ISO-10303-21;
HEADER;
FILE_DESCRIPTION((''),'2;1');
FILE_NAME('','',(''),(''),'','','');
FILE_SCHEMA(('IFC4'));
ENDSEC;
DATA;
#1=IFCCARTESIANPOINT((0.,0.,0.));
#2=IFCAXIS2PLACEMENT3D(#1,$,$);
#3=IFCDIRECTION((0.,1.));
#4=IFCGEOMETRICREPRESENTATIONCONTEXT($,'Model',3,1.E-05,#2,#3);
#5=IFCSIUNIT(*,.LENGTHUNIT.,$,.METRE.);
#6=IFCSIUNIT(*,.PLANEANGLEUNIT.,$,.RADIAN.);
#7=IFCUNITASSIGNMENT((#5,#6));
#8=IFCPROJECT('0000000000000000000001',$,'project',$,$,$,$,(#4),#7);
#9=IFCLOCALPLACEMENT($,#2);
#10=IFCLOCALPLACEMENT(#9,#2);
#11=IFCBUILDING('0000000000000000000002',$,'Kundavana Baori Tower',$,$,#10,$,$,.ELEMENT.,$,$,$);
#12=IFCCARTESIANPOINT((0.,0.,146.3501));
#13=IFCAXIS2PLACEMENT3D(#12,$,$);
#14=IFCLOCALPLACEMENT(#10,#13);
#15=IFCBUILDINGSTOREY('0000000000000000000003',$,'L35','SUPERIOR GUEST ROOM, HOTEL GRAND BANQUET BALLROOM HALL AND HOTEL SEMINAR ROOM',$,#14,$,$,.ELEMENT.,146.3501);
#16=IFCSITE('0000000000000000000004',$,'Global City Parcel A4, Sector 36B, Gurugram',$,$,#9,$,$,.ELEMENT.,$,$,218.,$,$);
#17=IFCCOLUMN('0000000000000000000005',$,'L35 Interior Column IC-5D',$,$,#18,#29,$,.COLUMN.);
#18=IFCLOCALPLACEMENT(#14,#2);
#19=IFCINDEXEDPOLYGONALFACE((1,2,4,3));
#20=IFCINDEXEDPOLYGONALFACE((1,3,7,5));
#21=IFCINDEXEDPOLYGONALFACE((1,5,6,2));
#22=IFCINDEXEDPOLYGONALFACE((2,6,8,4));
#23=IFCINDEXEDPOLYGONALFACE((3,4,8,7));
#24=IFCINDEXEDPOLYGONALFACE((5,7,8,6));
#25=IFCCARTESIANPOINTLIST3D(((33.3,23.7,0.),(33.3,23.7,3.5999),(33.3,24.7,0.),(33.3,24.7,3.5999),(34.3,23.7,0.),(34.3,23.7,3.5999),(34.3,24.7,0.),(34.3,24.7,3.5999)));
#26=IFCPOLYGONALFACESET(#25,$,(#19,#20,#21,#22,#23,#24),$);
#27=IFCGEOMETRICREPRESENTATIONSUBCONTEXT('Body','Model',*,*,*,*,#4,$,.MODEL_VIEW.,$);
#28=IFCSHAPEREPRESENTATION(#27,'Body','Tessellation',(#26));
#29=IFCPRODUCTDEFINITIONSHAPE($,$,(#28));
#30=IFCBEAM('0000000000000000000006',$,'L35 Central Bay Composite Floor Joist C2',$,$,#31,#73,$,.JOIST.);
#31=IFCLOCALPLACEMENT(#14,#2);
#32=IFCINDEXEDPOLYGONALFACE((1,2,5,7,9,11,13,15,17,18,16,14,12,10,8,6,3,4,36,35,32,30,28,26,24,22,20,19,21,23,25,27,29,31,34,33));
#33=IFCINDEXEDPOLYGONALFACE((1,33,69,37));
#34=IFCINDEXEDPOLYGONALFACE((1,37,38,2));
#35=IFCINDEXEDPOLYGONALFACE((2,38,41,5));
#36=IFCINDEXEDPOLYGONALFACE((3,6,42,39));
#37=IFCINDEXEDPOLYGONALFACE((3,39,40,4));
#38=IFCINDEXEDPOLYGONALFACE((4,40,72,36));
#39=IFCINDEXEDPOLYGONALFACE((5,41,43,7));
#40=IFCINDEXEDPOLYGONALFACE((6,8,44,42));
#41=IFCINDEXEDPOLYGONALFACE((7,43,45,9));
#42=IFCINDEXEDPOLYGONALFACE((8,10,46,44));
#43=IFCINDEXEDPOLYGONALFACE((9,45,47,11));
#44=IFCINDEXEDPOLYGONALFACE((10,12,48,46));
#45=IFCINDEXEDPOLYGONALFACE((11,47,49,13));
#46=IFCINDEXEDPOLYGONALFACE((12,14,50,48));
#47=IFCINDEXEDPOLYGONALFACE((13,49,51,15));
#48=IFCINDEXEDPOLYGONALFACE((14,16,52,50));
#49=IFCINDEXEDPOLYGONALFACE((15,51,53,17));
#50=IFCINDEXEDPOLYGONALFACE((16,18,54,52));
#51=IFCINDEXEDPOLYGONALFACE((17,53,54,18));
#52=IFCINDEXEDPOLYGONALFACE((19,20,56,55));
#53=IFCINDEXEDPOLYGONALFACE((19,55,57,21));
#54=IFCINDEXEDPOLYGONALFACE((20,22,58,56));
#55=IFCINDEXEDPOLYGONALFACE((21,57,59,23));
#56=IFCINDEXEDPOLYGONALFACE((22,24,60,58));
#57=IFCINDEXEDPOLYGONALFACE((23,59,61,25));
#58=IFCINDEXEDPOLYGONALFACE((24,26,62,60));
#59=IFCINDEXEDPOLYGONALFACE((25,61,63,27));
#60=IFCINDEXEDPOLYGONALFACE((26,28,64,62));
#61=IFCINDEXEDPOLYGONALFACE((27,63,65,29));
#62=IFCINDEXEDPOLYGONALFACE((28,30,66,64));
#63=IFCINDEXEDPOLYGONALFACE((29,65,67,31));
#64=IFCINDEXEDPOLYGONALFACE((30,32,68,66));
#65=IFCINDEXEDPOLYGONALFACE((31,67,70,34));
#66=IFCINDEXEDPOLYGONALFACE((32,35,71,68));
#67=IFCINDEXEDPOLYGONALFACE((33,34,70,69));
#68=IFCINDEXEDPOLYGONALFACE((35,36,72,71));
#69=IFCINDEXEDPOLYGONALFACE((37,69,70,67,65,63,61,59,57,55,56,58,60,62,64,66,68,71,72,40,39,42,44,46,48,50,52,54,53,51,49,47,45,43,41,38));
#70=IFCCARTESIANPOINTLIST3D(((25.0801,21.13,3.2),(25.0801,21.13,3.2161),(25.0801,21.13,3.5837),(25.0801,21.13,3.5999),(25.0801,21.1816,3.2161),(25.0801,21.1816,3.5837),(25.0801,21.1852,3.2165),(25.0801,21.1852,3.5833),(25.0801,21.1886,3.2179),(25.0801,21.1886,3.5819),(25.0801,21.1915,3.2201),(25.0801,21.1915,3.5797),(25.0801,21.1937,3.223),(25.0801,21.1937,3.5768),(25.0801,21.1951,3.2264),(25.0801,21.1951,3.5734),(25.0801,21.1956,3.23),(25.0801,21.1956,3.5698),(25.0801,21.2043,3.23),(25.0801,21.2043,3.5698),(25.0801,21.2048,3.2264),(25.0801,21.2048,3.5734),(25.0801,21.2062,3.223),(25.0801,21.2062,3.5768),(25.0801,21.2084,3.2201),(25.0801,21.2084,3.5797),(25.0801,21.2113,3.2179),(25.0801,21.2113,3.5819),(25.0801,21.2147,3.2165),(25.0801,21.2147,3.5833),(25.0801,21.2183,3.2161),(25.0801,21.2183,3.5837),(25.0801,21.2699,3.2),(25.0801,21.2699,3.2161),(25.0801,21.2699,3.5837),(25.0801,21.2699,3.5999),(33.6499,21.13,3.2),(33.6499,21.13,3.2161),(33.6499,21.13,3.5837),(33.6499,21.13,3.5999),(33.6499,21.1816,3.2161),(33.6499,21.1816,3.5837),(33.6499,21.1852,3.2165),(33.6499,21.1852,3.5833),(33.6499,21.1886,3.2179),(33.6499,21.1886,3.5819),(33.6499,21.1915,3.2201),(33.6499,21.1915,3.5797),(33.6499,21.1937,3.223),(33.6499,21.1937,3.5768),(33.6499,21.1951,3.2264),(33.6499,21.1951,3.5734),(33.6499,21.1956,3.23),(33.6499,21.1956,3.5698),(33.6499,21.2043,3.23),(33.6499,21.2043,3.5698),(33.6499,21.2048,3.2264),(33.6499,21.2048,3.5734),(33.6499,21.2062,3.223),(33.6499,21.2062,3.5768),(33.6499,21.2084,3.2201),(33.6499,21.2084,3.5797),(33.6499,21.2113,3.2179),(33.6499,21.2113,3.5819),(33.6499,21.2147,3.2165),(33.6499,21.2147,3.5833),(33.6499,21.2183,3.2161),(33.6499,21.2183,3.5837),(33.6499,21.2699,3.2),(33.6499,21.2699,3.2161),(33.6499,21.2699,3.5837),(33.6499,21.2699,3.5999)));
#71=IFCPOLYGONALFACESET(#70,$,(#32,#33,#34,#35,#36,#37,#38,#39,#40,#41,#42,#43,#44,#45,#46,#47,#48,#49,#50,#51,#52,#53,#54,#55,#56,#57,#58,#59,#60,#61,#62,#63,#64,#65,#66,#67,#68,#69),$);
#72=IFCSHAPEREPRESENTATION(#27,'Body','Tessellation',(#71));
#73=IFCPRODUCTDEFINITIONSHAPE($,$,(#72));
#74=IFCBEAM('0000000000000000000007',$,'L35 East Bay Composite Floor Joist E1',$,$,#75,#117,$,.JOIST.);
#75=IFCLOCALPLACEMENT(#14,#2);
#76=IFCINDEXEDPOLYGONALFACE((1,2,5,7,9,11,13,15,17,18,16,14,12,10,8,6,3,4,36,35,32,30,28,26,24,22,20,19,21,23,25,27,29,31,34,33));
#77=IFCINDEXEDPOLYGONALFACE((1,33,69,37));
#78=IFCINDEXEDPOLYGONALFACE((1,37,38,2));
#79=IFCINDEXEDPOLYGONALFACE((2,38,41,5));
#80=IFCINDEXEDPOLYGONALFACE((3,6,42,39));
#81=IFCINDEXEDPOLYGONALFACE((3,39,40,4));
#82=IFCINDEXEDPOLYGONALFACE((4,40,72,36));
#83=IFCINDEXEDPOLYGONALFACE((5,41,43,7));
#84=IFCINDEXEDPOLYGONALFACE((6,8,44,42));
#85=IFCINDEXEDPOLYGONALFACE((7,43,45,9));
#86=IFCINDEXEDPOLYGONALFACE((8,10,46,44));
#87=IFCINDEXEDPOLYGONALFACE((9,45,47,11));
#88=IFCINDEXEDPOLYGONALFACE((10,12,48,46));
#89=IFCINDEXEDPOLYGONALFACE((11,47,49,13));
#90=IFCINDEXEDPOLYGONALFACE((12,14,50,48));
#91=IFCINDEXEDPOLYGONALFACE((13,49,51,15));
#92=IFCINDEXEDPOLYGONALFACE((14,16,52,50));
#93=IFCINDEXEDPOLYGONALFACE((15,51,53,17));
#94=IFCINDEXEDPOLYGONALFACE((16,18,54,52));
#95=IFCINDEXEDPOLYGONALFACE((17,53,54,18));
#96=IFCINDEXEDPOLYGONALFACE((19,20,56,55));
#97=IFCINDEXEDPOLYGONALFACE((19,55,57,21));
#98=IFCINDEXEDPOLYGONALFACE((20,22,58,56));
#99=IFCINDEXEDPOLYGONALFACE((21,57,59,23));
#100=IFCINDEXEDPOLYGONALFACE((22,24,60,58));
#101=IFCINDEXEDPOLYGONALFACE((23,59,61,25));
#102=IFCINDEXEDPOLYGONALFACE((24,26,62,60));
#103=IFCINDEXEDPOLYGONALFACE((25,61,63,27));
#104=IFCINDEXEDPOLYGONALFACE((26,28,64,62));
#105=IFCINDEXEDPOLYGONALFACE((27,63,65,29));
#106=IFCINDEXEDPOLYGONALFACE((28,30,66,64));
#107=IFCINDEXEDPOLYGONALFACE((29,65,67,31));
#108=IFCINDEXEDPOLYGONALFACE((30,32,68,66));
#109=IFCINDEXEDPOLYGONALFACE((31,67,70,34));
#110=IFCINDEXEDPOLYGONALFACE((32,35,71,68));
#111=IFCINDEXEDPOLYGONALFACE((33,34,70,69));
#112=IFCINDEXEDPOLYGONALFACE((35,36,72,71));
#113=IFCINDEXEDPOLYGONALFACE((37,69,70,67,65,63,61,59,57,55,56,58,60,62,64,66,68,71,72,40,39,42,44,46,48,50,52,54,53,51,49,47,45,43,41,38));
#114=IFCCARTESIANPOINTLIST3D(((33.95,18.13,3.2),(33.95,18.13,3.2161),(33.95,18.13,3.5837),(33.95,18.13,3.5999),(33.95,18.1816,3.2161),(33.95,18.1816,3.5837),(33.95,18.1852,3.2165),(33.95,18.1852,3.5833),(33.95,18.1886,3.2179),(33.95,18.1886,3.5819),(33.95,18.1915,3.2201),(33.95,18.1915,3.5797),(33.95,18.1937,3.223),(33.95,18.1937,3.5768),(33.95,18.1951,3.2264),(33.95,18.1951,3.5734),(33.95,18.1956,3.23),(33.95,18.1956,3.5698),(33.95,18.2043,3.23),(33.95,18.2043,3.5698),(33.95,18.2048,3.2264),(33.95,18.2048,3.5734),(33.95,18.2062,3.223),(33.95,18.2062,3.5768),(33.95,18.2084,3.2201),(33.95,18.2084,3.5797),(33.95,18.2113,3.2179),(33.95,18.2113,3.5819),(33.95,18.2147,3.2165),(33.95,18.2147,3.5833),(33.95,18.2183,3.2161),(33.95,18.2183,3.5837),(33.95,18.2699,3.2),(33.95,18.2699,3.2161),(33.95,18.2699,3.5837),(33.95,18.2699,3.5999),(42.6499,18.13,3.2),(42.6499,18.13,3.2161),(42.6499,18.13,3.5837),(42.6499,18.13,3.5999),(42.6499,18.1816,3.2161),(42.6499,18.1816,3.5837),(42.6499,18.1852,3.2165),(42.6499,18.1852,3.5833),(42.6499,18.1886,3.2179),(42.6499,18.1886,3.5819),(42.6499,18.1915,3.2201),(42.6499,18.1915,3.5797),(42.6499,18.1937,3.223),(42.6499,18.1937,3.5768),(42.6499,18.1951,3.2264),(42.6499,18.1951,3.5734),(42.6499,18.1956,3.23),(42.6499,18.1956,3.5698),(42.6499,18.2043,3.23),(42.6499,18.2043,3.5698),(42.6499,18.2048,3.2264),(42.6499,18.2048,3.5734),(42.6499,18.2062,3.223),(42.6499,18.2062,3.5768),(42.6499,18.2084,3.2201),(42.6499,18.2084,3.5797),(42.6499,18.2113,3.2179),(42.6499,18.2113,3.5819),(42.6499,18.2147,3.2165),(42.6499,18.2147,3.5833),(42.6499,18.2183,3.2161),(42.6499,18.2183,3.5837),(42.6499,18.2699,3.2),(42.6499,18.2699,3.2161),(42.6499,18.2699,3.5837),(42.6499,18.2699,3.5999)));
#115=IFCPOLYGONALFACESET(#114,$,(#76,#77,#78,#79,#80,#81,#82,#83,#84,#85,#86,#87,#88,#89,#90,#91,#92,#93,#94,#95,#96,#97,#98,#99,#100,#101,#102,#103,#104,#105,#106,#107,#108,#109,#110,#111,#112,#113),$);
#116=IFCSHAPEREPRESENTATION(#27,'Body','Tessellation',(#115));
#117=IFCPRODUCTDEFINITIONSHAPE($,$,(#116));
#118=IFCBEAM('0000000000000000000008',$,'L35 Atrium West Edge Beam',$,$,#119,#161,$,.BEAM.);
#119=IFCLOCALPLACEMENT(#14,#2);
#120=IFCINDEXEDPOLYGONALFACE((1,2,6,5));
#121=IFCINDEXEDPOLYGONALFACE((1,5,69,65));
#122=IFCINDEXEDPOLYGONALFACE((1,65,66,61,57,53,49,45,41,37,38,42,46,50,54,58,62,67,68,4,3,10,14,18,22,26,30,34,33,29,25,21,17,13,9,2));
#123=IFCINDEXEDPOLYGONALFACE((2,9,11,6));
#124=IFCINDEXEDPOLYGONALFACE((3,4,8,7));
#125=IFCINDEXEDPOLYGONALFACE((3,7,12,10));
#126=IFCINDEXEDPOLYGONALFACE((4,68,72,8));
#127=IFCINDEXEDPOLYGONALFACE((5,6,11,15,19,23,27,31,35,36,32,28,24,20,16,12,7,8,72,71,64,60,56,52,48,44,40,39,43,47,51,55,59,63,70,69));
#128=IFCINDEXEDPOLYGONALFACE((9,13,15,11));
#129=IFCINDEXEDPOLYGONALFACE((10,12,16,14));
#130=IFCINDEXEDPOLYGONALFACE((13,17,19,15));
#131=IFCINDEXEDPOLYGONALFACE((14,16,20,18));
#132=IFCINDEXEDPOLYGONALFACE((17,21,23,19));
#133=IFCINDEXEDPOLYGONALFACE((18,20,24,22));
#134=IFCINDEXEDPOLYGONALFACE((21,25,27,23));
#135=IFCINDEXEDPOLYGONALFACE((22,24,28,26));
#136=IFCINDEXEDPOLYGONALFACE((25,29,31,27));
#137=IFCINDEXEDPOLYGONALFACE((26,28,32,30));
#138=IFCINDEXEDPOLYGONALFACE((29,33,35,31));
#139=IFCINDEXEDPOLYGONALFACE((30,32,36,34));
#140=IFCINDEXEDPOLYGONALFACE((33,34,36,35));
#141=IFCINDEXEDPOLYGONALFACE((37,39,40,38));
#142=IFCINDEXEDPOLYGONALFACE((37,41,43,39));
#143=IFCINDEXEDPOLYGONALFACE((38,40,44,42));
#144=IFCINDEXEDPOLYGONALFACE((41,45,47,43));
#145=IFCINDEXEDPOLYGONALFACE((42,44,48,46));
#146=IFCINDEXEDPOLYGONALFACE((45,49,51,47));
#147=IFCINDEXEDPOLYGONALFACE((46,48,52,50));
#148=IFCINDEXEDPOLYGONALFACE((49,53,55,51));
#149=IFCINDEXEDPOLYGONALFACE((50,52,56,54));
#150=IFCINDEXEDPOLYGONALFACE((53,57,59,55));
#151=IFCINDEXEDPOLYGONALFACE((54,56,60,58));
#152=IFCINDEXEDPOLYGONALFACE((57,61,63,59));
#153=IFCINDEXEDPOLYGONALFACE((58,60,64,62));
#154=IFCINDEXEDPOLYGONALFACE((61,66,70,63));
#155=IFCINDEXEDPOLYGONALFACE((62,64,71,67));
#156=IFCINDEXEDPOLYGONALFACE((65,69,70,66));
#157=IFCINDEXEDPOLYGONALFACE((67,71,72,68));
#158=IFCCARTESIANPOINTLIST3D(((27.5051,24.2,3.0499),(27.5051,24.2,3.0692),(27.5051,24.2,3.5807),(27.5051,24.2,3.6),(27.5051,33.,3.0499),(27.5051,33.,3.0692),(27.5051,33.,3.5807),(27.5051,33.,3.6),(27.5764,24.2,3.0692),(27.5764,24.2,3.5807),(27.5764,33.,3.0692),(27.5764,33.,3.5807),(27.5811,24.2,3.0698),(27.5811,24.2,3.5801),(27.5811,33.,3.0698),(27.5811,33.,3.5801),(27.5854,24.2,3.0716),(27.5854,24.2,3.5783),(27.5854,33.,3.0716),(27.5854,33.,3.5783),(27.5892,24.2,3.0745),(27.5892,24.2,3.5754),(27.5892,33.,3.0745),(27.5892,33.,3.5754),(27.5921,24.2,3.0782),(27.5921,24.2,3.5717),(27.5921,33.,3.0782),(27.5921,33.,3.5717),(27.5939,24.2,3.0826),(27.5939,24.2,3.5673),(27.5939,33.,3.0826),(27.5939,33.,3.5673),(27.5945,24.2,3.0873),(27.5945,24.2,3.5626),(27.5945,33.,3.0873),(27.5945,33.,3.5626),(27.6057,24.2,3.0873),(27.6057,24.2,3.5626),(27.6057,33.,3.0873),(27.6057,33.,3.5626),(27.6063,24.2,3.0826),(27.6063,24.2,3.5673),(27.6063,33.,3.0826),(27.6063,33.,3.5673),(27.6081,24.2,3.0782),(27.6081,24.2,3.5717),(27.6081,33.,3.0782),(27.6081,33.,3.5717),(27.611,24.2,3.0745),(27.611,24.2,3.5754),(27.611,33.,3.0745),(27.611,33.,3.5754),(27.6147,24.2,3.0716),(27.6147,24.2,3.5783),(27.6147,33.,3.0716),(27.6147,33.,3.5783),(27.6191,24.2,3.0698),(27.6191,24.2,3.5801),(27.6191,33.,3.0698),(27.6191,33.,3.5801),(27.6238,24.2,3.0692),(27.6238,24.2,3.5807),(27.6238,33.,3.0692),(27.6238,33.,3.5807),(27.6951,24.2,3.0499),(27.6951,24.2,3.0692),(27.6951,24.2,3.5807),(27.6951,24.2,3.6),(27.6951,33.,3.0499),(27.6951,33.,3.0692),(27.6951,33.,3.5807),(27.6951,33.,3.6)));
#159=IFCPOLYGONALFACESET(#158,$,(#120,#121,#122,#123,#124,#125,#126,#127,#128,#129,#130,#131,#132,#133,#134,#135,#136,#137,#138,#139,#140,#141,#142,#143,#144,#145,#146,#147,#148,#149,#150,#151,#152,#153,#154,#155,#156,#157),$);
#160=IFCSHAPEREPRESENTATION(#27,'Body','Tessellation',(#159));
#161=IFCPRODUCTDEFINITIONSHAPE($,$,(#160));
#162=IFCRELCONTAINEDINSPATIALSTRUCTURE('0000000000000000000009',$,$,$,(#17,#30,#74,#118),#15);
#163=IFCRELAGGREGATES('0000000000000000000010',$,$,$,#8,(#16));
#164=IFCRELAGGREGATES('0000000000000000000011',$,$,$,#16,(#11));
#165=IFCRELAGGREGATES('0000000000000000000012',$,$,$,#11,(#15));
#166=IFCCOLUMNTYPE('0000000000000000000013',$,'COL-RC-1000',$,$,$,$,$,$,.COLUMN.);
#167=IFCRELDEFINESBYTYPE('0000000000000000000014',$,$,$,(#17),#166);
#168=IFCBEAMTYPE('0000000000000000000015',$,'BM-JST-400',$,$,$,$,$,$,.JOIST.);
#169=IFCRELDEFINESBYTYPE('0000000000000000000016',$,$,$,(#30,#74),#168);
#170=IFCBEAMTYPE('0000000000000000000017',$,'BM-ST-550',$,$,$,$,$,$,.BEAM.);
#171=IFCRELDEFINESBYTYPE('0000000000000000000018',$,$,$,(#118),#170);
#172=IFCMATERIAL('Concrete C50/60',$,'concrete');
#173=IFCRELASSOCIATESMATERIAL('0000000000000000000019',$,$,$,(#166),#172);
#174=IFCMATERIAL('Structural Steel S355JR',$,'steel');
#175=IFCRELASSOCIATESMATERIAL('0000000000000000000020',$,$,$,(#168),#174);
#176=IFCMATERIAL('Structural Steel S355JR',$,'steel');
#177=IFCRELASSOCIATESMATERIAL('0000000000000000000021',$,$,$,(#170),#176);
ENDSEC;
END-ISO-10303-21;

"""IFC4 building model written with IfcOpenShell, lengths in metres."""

from ifc_helpers import new_model, si_unit, direction, frame, origin, origin_2d, place, context, subcontext, project, spatial, rectangle, i_section, extrude, material, material_profile, profile_set, type_object, element, save


model = new_model("IFC4")

# Units and contexts
model_context = context("Model", 3, precision=1e-05, world=origin(), true_north=direction((0.0, 1.0)))
body_context = subcontext(model_context, "Body", "Model", "MODEL_VIEW")
ifc_project = project(units=[si_unit("LENGTHUNIT", "METRE"), si_unit("PLANEANGLEUNIT", "RADIAN")], contexts=[model_context])

# Site, building, storey
site_placement = place(None, origin())
site = spatial("IfcSite", under=ifc_project, at=site_placement, Name="Global City Parcel A4, Sector 36B, Gurugram", CompositionType="ELEMENT", RefElevation=218.0)
building_placement = place(site_placement, origin())
building = spatial("IfcBuilding", under=site, at=building_placement, Name="Kundavana Baori Tower", CompositionType="ELEMENT")
storey_placement = place(building_placement, frame((0.0, 0.0, 146.3501)))
storey = spatial("IfcBuildingStorey", under=building, at=storey_placement, Name="L35", Description="SUPERIOR GUEST ROOM, HOTEL GRAND BANQUET BALLROOM HALL AND HOTEL SEMINAR ROOM", CompositionType="ELEMENT", Elevation=146.3501)

# Column
ifc_material_1 = material(Name="Concrete C50/60", Category="concrete")
ifc_material_profile_1 = material_profile(ifc_material_1, rectangle(XDim=1.0, YDim=1.0, at=origin_2d()), Name="RC 1000x1000")
ifc_profile_set_1 = profile_set([ifc_material_profile_1], Name="Concrete C50/60")
column_type = type_object("IfcColumnType", Name="COL-RC-1000", PredefinedType="COLUMN", material=ifc_profile_set_1)
column_placement = place(storey_placement, frame((33.8, 24.2, 0.0), z_axis=(0.0, 0.0, 1.0), x_axis=(1.0, 0.0, 0.0)))
element("IfcColumn", 1, at=column_placement, inside=storey, type_object=column_type, Name="L35 Interior Column IC-5D", PredefinedType="COLUMN", context=body_context, shape_type="SweptSolid", body=[
    extrude(rectangle(XDim=1.0, YDim=1.0, at=origin_2d()), origin(), (0.0, 0.0, 1.0), 3.5999),
])

# Beams
ifc_material_2 = material(Name="Structural Steel S355JR", Category="steel")
ifc_material_profile_2 = material_profile(ifc_material_2, i_section(OverallWidth=0.1399, OverallDepth=0.3999, WebThickness=0.0088, FlangeThickness=0.0161, FilletRadius=0.0139, at=origin_2d()), Name="ISMB 400")
ifc_profile_set_2 = profile_set([ifc_material_profile_2], Name="Structural Steel S355JR")
beam_type_1 = type_object("IfcBeamType", Name="BM-JST-400", PredefinedType="JOIST", material=ifc_profile_set_2)
beam_1_placement = place(storey_placement, frame((25.0801, 21.2, 3.3999), z_axis=(1.0, 0.0, 0.0), x_axis=(0.0, 1.0, 0.0)))
element("IfcBeam", 2, at=beam_1_placement, inside=storey, type_object=beam_type_1, Name="L35 Central Bay Composite Floor Joist C2", PredefinedType="JOIST", context=body_context, shape_type="SweptSolid", body=[
    extrude(i_section(OverallWidth=0.1399, OverallDepth=0.3999, WebThickness=0.0088, FlangeThickness=0.0161, FilletRadius=0.0139, at=origin_2d()), origin(), (0.0, 0.0, 1.0), 8.5698),
])
beam_2_placement = place(storey_placement, frame((33.95, 18.2, 3.3999), z_axis=(1.0, 0.0, 0.0), x_axis=(0.0, 1.0, 0.0)))
element("IfcBeam", 3, at=beam_2_placement, inside=storey, type_object=beam_type_1, Name="L35 East Bay Composite Floor Joist E1", PredefinedType="JOIST", context=body_context, shape_type="SweptSolid", body=[
    extrude(i_section(OverallWidth=0.1399, OverallDepth=0.3999, WebThickness=0.0088, FlangeThickness=0.0161, FilletRadius=0.0139, at=origin_2d()), origin(), (0.0, 0.0, 1.0), 8.7),
])
ifc_material_3 = material(Name="Structural Steel S355JR", Category="steel")
ifc_material_profile_3 = material_profile(ifc_material_3, i_section(OverallWidth=0.1899, OverallDepth=0.55, WebThickness=0.0112, FlangeThickness=0.0193, FilletRadius=0.0181, at=origin_2d()), Name="ISMB 550")
ifc_profile_set_3 = profile_set([ifc_material_profile_3], Name="Structural Steel S355JR")
beam_type_2 = type_object("IfcBeamType", Name="BM-ST-550", PredefinedType="BEAM", material=ifc_profile_set_3)
for number, where, z_axis, x_axis, name in (
    (4, (27.6001, 24.2, 3.325), (0.0, 1.0, 0.0), (-1.0, 0.0, 0.0), "L35 Atrium West Edge Beam"),
):
    element("IfcBeam", number, at=place(storey_placement, frame(where, z_axis=z_axis, x_axis=x_axis)), inside=storey, type_object=beam_type_2, Name=name, PredefinedType="BEAM", context=body_context, shape_type="SweptSolid", body=[
        extrude(i_section(OverallWidth=0.1899, OverallDepth=0.55, WebThickness=0.0112, FlangeThickness=0.0193, FilletRadius=0.0181, at=origin_2d()), origin(), (0.0, 0.0, 1.0), 8.8),
    ])

save(model, "model.ifc")
